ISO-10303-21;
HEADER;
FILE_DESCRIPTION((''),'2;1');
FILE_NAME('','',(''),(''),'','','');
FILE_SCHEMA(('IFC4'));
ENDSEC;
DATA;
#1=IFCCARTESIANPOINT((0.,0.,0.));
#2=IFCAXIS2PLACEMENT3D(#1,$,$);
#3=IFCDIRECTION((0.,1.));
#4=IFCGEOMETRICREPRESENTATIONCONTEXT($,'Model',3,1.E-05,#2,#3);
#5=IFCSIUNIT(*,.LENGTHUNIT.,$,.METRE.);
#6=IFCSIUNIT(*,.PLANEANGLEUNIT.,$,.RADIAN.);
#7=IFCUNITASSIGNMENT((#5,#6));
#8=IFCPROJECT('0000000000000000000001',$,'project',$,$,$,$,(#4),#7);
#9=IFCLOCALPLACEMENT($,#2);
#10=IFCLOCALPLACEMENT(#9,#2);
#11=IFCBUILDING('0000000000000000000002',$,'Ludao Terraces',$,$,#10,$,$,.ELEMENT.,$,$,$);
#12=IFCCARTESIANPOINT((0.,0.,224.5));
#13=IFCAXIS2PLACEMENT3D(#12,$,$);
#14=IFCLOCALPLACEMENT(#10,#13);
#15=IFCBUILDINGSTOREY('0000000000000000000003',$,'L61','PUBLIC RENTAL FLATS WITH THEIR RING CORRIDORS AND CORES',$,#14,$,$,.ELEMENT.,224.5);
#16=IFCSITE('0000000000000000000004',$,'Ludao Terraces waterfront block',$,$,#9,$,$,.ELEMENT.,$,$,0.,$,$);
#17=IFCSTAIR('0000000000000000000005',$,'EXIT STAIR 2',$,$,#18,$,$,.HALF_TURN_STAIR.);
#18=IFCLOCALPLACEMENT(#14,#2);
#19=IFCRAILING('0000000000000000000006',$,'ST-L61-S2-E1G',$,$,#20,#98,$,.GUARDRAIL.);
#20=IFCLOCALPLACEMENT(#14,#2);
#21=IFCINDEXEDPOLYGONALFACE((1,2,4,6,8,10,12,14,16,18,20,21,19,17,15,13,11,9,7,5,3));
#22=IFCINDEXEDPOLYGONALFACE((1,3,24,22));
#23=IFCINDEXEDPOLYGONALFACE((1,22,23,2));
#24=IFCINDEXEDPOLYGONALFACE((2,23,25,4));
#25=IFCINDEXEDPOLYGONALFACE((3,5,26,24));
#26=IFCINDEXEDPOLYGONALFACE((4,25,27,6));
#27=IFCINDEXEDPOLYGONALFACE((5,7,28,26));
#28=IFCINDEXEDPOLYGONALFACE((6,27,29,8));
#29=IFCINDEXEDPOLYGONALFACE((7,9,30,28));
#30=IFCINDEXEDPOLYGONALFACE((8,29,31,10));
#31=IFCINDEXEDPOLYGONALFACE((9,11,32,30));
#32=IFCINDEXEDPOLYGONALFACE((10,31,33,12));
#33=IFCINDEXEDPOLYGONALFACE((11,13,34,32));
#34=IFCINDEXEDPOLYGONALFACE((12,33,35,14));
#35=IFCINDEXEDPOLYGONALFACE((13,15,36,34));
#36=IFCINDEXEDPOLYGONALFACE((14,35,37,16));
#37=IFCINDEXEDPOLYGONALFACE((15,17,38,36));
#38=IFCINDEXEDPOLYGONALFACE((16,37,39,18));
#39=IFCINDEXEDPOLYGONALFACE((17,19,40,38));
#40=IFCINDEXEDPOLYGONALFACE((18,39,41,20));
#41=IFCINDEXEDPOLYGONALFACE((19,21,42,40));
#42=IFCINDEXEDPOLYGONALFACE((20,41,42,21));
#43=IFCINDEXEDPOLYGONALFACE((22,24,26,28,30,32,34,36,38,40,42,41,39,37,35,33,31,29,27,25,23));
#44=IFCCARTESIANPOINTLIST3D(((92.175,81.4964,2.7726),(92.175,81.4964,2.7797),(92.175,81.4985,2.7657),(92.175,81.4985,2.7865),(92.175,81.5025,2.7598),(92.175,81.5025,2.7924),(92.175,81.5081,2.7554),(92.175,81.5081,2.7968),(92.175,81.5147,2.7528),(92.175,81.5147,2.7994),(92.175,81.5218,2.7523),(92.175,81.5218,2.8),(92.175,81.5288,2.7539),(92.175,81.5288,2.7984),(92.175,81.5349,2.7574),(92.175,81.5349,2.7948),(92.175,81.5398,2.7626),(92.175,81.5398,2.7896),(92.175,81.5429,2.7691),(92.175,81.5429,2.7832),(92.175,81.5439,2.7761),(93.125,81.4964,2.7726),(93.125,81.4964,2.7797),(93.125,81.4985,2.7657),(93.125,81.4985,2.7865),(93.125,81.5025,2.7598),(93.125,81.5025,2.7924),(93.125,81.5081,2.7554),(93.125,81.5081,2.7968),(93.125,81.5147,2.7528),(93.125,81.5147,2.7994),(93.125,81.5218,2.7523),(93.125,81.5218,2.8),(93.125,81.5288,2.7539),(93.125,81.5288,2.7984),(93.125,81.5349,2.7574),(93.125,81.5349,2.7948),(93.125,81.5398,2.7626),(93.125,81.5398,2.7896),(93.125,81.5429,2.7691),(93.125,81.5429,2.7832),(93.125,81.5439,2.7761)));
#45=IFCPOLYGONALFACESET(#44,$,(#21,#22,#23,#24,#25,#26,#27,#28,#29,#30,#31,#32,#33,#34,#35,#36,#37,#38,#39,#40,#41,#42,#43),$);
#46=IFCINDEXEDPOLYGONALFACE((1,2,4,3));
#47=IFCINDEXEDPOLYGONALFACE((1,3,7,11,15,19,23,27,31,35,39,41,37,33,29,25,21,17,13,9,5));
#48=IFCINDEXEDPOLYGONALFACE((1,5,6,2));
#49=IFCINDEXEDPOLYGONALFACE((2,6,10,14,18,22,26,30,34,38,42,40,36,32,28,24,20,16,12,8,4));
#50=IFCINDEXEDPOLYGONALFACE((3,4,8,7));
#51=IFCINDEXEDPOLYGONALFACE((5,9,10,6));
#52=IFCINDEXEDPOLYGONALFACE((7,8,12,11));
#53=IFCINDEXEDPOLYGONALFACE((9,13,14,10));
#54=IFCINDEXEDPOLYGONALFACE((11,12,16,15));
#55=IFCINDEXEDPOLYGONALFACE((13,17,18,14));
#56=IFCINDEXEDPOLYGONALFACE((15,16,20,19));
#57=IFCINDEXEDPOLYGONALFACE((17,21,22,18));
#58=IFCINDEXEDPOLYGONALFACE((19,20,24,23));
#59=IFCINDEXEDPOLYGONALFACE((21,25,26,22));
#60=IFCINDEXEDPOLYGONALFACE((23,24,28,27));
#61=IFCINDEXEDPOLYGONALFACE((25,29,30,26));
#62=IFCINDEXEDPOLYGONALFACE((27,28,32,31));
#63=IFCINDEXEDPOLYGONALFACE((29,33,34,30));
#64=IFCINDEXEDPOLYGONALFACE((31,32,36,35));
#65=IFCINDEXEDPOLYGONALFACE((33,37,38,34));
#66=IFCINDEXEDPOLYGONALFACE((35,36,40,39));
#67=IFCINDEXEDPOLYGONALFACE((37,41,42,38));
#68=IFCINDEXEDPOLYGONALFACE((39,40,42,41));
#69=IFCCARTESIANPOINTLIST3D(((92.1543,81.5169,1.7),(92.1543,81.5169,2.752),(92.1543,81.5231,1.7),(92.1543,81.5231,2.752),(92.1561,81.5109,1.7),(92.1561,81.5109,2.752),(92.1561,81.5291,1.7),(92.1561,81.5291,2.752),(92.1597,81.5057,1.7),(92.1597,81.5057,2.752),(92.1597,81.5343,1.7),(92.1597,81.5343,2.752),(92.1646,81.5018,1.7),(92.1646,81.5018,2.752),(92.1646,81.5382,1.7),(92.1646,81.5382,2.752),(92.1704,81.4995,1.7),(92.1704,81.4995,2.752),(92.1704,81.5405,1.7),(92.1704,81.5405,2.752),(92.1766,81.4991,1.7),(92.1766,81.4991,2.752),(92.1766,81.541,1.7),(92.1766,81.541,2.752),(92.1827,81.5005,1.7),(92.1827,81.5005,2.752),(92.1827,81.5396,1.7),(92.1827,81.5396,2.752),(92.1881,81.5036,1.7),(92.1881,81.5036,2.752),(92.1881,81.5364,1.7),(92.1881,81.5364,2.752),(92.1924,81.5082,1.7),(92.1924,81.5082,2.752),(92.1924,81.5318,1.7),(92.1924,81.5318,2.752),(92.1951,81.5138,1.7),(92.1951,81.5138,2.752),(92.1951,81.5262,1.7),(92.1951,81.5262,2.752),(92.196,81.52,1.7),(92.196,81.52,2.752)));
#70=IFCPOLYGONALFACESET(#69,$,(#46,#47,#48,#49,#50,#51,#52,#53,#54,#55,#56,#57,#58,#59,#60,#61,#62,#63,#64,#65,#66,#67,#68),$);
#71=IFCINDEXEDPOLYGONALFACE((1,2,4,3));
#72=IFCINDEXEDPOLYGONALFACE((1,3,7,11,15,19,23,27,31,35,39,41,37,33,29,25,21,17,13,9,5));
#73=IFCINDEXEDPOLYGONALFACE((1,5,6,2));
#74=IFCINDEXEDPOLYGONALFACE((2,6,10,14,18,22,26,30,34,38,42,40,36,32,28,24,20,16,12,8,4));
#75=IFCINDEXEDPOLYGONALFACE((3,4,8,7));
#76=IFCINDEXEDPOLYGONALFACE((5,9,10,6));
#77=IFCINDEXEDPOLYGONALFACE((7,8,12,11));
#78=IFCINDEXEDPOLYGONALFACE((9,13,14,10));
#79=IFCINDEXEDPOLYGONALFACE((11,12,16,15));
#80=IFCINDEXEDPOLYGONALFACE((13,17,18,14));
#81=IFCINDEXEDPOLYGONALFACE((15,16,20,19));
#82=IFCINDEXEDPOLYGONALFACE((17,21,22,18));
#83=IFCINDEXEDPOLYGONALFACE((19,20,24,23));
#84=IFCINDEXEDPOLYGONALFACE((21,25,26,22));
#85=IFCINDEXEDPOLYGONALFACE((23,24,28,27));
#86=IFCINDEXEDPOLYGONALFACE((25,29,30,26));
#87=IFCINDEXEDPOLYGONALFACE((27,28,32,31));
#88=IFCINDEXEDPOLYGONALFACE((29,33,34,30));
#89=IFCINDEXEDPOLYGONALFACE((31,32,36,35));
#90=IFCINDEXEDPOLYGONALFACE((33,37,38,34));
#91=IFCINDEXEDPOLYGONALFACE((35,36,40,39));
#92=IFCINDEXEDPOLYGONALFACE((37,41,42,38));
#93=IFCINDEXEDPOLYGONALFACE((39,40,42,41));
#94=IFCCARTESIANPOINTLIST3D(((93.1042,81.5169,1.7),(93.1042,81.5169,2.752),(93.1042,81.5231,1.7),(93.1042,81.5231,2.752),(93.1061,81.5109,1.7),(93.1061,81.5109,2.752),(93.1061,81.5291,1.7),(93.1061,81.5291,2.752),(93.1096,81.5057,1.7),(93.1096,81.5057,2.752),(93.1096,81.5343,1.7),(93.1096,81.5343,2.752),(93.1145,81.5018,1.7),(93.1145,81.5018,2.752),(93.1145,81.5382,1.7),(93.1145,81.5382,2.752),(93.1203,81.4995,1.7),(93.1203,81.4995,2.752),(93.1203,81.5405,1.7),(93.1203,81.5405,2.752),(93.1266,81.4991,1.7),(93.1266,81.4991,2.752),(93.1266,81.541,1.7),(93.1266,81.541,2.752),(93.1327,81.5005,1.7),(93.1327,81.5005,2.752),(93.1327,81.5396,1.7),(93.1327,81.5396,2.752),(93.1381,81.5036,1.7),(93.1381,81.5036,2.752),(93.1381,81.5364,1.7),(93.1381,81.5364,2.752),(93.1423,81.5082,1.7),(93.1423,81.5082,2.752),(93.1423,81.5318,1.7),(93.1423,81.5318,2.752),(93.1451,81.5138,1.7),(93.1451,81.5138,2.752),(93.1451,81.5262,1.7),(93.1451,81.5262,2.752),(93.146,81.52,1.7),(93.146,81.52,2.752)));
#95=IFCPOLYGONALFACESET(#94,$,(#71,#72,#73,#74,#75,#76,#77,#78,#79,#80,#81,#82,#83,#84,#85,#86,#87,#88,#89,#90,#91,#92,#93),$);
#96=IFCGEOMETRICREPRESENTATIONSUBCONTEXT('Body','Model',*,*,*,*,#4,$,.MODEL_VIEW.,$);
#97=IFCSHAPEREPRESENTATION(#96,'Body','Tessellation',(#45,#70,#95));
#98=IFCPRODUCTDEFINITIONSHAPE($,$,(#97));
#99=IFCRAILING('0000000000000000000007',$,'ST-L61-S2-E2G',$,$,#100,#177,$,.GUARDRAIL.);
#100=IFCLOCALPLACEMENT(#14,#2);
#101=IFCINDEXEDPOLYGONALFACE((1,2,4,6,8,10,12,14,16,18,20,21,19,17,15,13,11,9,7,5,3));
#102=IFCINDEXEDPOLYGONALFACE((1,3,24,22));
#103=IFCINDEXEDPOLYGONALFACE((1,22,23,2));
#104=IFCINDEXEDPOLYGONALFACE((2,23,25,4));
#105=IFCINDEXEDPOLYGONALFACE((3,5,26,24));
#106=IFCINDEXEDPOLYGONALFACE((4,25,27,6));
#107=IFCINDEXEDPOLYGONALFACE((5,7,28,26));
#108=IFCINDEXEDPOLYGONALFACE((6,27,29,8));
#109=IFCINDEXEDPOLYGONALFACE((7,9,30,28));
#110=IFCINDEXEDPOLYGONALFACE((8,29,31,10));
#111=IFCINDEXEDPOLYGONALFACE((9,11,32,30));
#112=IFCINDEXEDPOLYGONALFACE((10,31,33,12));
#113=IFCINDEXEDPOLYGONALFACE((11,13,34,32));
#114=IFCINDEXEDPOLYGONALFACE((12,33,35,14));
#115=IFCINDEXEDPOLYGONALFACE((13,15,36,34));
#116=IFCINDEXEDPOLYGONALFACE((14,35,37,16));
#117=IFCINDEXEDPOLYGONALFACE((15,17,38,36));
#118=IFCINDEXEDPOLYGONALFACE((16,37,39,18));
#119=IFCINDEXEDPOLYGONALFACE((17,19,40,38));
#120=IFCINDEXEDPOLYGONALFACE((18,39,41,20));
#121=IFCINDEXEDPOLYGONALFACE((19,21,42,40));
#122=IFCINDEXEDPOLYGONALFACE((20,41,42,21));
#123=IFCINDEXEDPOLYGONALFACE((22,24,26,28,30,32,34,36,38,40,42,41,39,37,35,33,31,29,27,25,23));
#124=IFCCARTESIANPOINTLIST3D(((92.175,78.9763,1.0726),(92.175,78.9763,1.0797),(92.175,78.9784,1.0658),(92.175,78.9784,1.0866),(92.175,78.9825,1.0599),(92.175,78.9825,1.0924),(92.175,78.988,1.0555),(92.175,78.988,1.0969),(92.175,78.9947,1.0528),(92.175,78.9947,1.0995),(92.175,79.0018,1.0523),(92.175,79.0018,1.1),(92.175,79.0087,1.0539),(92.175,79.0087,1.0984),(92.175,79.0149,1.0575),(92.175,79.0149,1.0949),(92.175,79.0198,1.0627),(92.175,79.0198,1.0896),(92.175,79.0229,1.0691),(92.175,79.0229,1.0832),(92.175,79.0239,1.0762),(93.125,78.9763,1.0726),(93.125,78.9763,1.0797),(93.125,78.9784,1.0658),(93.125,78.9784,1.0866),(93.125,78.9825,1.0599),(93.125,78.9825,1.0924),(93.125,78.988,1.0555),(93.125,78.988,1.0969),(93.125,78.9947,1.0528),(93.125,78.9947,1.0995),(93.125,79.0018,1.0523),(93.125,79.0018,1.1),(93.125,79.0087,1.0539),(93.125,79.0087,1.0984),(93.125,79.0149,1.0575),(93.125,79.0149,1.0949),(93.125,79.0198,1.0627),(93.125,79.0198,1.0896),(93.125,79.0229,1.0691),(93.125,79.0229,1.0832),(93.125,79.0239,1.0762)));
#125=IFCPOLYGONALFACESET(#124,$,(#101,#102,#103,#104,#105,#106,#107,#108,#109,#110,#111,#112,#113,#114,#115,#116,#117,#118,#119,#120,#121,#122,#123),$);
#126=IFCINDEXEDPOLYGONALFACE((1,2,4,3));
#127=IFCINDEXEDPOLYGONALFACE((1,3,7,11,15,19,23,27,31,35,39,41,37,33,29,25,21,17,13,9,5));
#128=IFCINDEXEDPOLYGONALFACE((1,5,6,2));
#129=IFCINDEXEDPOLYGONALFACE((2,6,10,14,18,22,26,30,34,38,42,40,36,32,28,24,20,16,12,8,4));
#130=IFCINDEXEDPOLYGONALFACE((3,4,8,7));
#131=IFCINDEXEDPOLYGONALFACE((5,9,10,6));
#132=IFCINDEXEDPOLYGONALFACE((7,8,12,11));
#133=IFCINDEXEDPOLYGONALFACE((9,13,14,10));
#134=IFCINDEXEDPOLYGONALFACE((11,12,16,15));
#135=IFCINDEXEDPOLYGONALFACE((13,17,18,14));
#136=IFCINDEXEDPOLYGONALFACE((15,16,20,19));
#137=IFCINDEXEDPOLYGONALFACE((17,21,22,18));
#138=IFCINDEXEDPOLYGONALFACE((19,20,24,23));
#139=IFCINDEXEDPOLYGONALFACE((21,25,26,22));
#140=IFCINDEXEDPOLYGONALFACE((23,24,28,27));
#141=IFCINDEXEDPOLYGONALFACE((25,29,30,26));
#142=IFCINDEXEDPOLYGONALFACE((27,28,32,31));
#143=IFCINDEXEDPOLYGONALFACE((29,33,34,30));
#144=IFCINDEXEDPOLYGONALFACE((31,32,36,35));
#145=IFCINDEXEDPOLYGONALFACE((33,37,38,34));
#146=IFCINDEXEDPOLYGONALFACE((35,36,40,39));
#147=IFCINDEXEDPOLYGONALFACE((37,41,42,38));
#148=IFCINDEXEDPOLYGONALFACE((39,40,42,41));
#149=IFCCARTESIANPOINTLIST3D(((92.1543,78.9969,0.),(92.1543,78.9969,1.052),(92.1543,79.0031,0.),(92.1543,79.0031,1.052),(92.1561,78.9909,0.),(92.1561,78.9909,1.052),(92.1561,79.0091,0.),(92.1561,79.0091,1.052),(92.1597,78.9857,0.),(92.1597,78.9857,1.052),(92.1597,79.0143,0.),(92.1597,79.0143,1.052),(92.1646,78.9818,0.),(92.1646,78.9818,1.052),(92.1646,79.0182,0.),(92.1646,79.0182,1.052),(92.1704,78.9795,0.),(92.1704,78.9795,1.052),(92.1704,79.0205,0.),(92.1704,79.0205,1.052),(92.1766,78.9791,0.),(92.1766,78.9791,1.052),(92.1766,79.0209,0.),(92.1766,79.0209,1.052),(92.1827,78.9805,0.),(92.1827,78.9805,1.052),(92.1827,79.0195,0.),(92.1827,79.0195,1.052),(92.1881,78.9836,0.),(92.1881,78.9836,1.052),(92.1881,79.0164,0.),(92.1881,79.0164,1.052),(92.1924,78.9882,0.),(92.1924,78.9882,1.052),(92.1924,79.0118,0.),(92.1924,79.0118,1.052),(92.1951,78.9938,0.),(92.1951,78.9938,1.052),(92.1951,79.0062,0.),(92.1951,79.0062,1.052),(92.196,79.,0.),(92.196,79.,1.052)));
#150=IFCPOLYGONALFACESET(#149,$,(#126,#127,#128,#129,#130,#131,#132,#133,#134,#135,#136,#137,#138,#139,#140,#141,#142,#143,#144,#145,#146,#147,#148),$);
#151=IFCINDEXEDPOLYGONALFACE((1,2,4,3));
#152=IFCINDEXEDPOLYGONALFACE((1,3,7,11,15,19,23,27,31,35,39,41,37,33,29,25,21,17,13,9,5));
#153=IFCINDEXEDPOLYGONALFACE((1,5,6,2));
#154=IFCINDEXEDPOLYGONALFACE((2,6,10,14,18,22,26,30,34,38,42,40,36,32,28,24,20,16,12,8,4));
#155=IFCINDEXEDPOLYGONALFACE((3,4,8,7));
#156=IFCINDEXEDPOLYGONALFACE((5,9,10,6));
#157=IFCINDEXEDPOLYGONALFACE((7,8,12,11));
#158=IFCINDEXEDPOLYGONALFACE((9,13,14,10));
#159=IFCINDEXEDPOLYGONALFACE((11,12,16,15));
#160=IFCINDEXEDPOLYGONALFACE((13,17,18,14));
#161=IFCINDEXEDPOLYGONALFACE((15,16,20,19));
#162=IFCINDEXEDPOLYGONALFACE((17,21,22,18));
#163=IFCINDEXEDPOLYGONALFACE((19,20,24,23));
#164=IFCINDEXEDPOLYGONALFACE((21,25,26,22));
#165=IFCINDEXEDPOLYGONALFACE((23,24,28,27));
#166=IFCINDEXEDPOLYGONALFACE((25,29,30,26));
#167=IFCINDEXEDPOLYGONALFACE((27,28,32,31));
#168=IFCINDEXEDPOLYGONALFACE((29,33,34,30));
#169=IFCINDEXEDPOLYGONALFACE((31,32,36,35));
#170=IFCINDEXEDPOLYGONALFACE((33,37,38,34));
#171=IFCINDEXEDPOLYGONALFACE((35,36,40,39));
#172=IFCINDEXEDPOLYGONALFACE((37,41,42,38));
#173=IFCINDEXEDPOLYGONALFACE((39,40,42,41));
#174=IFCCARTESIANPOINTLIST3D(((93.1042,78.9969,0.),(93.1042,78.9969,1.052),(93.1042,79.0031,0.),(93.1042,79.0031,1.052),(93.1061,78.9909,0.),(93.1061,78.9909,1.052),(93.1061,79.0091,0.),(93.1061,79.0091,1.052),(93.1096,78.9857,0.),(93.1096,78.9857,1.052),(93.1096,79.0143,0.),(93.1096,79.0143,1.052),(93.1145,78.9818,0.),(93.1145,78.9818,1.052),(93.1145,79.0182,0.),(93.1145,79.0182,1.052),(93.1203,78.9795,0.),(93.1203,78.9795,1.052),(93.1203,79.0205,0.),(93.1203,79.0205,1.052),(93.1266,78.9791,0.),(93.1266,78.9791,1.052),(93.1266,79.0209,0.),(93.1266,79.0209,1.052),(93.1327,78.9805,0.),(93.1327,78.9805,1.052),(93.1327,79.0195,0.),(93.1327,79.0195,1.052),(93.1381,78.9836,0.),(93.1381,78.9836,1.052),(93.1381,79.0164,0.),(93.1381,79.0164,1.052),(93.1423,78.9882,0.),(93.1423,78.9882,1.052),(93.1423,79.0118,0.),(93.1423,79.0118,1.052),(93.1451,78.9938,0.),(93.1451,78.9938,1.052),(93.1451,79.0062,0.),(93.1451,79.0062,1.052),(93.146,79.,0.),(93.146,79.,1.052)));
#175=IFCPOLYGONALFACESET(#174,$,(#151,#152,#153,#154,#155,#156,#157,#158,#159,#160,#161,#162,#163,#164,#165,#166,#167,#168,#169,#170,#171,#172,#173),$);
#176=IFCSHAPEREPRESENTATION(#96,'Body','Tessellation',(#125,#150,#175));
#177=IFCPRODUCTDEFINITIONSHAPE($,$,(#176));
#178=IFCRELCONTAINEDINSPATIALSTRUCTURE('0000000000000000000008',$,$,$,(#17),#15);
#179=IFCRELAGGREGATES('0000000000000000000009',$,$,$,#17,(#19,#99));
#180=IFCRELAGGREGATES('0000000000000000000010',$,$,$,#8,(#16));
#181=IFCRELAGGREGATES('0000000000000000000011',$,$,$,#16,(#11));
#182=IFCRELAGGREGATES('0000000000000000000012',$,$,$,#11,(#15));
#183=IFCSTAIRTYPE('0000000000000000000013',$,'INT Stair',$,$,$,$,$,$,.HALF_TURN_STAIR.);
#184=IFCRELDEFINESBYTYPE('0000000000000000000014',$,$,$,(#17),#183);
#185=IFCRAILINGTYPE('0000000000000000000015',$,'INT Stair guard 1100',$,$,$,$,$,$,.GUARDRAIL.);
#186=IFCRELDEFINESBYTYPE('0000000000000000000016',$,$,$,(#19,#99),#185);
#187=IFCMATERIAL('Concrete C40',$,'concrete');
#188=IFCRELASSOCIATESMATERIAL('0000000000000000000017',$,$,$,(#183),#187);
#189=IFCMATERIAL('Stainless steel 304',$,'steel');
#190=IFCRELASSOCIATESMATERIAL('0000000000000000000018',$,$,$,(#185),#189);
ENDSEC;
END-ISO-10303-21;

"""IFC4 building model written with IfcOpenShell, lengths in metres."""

from ifc_helpers import new_model, si_unit, direction, frame, origin, origin_2d, place, context, subcontext, project, spatial, circle, extrude, material, type_object, element, aggregate, save


model = new_model("IFC4")

# Units and contexts
model_context = context("Model", 3, precision=1e-05, world=origin(), true_north=direction((0.0, 1.0)))
body_context = subcontext(model_context, "Body", "Model", "MODEL_VIEW")
ifc_project = project(units=[si_unit("LENGTHUNIT", "METRE"), si_unit("PLANEANGLEUNIT", "RADIAN")], contexts=[model_context])

# Site, building, storey
site_placement = place(None, origin())
site = spatial("IfcSite", under=ifc_project, at=site_placement, Name="Ludao Terraces waterfront block", CompositionType="ELEMENT", RefElevation=0.0)
building_placement = place(site_placement, origin())
building = spatial("IfcBuilding", under=site, at=building_placement, Name="Ludao Terraces", CompositionType="ELEMENT")
storey_placement = place(building_placement, frame((0.0, 0.0, 224.5)))
storey = spatial("IfcBuildingStorey", under=building, at=storey_placement, Name="L61", Description="PUBLIC RENTAL FLATS WITH THEIR RING CORRIDORS AND CORES", CompositionType="ELEMENT", Elevation=224.5)

# Shared definitions
ifc_material_1 = material(Name="Stainless steel 304", Category="steel")

# Stair, railings
ifc_material_2 = material(Name="Concrete C40", Category="concrete")
stair_type = type_object("IfcStairType", Name="INT Stair", PredefinedType="HALF_TURN_STAIR", material=ifc_material_2)
stair_placement = place(storey_placement, origin())
stair = element("IfcStair", 1, at=stair_placement, inside=storey, type_object=stair_type, Name="EXIT STAIR 2", PredefinedType="HALF_TURN_STAIR")
railing_type_1 = type_object("IfcRailingType", Name="INT Stair guard 1100", PredefinedType="GUARDRAIL", material=ifc_material_1)
railing_1_placement = place(storey_placement, frame((92.175, 81.52, 1.7)))
railing_1 = element("IfcRailing", 2, at=railing_1_placement, type_object=railing_type_1, Name="ST-L61-S2-E1G", PredefinedType="GUARDRAIL", context=body_context, shape_type="SweptSolid", body=[
    extrude(circle(Radius=0.0239, at=origin_2d()), frame((0.0, 0.0, 1.0762), z_axis=(1.0, 0.0, 0.0), x_axis=(0.0, 1.0, 0.0)), (0.0, 0.0, 1.0), 0.95),
    extrude(circle(Radius=0.021, at=origin_2d()), origin(), (0.0, 0.0, 1.0), 1.052),
    extrude(circle(Radius=0.021, at=origin_2d()), frame((0.95, 0.0, 0.0)), (0.0, 0.0, 1.0), 1.052),
])
railing_2_placement = place(storey_placement, frame((92.175, 79.0, 0.0)))
railing_2 = element("IfcRailing", 3, at=railing_2_placement, type_object=railing_type_1, Name="ST-L61-S2-E2G", PredefinedType="GUARDRAIL", context=body_context, shape_type="SweptSolid", body=[
    extrude(circle(Radius=0.0239, at=origin_2d()), frame((0.0, 0.0, 1.0762), z_axis=(1.0, 0.0, 0.0), x_axis=(0.0, 1.0, 0.0)), (0.0, 0.0, 1.0), 0.95),
    extrude(circle(Radius=0.021, at=origin_2d()), origin(), (0.0, 0.0, 1.0), 1.052),
    extrude(circle(Radius=0.021, at=origin_2d()), frame((0.95, 0.0, 0.0)), (0.0, 0.0, 1.0), 1.052),
])
aggregate(stair, [railing_1, railing_2])

save(model, "model.ifc")
